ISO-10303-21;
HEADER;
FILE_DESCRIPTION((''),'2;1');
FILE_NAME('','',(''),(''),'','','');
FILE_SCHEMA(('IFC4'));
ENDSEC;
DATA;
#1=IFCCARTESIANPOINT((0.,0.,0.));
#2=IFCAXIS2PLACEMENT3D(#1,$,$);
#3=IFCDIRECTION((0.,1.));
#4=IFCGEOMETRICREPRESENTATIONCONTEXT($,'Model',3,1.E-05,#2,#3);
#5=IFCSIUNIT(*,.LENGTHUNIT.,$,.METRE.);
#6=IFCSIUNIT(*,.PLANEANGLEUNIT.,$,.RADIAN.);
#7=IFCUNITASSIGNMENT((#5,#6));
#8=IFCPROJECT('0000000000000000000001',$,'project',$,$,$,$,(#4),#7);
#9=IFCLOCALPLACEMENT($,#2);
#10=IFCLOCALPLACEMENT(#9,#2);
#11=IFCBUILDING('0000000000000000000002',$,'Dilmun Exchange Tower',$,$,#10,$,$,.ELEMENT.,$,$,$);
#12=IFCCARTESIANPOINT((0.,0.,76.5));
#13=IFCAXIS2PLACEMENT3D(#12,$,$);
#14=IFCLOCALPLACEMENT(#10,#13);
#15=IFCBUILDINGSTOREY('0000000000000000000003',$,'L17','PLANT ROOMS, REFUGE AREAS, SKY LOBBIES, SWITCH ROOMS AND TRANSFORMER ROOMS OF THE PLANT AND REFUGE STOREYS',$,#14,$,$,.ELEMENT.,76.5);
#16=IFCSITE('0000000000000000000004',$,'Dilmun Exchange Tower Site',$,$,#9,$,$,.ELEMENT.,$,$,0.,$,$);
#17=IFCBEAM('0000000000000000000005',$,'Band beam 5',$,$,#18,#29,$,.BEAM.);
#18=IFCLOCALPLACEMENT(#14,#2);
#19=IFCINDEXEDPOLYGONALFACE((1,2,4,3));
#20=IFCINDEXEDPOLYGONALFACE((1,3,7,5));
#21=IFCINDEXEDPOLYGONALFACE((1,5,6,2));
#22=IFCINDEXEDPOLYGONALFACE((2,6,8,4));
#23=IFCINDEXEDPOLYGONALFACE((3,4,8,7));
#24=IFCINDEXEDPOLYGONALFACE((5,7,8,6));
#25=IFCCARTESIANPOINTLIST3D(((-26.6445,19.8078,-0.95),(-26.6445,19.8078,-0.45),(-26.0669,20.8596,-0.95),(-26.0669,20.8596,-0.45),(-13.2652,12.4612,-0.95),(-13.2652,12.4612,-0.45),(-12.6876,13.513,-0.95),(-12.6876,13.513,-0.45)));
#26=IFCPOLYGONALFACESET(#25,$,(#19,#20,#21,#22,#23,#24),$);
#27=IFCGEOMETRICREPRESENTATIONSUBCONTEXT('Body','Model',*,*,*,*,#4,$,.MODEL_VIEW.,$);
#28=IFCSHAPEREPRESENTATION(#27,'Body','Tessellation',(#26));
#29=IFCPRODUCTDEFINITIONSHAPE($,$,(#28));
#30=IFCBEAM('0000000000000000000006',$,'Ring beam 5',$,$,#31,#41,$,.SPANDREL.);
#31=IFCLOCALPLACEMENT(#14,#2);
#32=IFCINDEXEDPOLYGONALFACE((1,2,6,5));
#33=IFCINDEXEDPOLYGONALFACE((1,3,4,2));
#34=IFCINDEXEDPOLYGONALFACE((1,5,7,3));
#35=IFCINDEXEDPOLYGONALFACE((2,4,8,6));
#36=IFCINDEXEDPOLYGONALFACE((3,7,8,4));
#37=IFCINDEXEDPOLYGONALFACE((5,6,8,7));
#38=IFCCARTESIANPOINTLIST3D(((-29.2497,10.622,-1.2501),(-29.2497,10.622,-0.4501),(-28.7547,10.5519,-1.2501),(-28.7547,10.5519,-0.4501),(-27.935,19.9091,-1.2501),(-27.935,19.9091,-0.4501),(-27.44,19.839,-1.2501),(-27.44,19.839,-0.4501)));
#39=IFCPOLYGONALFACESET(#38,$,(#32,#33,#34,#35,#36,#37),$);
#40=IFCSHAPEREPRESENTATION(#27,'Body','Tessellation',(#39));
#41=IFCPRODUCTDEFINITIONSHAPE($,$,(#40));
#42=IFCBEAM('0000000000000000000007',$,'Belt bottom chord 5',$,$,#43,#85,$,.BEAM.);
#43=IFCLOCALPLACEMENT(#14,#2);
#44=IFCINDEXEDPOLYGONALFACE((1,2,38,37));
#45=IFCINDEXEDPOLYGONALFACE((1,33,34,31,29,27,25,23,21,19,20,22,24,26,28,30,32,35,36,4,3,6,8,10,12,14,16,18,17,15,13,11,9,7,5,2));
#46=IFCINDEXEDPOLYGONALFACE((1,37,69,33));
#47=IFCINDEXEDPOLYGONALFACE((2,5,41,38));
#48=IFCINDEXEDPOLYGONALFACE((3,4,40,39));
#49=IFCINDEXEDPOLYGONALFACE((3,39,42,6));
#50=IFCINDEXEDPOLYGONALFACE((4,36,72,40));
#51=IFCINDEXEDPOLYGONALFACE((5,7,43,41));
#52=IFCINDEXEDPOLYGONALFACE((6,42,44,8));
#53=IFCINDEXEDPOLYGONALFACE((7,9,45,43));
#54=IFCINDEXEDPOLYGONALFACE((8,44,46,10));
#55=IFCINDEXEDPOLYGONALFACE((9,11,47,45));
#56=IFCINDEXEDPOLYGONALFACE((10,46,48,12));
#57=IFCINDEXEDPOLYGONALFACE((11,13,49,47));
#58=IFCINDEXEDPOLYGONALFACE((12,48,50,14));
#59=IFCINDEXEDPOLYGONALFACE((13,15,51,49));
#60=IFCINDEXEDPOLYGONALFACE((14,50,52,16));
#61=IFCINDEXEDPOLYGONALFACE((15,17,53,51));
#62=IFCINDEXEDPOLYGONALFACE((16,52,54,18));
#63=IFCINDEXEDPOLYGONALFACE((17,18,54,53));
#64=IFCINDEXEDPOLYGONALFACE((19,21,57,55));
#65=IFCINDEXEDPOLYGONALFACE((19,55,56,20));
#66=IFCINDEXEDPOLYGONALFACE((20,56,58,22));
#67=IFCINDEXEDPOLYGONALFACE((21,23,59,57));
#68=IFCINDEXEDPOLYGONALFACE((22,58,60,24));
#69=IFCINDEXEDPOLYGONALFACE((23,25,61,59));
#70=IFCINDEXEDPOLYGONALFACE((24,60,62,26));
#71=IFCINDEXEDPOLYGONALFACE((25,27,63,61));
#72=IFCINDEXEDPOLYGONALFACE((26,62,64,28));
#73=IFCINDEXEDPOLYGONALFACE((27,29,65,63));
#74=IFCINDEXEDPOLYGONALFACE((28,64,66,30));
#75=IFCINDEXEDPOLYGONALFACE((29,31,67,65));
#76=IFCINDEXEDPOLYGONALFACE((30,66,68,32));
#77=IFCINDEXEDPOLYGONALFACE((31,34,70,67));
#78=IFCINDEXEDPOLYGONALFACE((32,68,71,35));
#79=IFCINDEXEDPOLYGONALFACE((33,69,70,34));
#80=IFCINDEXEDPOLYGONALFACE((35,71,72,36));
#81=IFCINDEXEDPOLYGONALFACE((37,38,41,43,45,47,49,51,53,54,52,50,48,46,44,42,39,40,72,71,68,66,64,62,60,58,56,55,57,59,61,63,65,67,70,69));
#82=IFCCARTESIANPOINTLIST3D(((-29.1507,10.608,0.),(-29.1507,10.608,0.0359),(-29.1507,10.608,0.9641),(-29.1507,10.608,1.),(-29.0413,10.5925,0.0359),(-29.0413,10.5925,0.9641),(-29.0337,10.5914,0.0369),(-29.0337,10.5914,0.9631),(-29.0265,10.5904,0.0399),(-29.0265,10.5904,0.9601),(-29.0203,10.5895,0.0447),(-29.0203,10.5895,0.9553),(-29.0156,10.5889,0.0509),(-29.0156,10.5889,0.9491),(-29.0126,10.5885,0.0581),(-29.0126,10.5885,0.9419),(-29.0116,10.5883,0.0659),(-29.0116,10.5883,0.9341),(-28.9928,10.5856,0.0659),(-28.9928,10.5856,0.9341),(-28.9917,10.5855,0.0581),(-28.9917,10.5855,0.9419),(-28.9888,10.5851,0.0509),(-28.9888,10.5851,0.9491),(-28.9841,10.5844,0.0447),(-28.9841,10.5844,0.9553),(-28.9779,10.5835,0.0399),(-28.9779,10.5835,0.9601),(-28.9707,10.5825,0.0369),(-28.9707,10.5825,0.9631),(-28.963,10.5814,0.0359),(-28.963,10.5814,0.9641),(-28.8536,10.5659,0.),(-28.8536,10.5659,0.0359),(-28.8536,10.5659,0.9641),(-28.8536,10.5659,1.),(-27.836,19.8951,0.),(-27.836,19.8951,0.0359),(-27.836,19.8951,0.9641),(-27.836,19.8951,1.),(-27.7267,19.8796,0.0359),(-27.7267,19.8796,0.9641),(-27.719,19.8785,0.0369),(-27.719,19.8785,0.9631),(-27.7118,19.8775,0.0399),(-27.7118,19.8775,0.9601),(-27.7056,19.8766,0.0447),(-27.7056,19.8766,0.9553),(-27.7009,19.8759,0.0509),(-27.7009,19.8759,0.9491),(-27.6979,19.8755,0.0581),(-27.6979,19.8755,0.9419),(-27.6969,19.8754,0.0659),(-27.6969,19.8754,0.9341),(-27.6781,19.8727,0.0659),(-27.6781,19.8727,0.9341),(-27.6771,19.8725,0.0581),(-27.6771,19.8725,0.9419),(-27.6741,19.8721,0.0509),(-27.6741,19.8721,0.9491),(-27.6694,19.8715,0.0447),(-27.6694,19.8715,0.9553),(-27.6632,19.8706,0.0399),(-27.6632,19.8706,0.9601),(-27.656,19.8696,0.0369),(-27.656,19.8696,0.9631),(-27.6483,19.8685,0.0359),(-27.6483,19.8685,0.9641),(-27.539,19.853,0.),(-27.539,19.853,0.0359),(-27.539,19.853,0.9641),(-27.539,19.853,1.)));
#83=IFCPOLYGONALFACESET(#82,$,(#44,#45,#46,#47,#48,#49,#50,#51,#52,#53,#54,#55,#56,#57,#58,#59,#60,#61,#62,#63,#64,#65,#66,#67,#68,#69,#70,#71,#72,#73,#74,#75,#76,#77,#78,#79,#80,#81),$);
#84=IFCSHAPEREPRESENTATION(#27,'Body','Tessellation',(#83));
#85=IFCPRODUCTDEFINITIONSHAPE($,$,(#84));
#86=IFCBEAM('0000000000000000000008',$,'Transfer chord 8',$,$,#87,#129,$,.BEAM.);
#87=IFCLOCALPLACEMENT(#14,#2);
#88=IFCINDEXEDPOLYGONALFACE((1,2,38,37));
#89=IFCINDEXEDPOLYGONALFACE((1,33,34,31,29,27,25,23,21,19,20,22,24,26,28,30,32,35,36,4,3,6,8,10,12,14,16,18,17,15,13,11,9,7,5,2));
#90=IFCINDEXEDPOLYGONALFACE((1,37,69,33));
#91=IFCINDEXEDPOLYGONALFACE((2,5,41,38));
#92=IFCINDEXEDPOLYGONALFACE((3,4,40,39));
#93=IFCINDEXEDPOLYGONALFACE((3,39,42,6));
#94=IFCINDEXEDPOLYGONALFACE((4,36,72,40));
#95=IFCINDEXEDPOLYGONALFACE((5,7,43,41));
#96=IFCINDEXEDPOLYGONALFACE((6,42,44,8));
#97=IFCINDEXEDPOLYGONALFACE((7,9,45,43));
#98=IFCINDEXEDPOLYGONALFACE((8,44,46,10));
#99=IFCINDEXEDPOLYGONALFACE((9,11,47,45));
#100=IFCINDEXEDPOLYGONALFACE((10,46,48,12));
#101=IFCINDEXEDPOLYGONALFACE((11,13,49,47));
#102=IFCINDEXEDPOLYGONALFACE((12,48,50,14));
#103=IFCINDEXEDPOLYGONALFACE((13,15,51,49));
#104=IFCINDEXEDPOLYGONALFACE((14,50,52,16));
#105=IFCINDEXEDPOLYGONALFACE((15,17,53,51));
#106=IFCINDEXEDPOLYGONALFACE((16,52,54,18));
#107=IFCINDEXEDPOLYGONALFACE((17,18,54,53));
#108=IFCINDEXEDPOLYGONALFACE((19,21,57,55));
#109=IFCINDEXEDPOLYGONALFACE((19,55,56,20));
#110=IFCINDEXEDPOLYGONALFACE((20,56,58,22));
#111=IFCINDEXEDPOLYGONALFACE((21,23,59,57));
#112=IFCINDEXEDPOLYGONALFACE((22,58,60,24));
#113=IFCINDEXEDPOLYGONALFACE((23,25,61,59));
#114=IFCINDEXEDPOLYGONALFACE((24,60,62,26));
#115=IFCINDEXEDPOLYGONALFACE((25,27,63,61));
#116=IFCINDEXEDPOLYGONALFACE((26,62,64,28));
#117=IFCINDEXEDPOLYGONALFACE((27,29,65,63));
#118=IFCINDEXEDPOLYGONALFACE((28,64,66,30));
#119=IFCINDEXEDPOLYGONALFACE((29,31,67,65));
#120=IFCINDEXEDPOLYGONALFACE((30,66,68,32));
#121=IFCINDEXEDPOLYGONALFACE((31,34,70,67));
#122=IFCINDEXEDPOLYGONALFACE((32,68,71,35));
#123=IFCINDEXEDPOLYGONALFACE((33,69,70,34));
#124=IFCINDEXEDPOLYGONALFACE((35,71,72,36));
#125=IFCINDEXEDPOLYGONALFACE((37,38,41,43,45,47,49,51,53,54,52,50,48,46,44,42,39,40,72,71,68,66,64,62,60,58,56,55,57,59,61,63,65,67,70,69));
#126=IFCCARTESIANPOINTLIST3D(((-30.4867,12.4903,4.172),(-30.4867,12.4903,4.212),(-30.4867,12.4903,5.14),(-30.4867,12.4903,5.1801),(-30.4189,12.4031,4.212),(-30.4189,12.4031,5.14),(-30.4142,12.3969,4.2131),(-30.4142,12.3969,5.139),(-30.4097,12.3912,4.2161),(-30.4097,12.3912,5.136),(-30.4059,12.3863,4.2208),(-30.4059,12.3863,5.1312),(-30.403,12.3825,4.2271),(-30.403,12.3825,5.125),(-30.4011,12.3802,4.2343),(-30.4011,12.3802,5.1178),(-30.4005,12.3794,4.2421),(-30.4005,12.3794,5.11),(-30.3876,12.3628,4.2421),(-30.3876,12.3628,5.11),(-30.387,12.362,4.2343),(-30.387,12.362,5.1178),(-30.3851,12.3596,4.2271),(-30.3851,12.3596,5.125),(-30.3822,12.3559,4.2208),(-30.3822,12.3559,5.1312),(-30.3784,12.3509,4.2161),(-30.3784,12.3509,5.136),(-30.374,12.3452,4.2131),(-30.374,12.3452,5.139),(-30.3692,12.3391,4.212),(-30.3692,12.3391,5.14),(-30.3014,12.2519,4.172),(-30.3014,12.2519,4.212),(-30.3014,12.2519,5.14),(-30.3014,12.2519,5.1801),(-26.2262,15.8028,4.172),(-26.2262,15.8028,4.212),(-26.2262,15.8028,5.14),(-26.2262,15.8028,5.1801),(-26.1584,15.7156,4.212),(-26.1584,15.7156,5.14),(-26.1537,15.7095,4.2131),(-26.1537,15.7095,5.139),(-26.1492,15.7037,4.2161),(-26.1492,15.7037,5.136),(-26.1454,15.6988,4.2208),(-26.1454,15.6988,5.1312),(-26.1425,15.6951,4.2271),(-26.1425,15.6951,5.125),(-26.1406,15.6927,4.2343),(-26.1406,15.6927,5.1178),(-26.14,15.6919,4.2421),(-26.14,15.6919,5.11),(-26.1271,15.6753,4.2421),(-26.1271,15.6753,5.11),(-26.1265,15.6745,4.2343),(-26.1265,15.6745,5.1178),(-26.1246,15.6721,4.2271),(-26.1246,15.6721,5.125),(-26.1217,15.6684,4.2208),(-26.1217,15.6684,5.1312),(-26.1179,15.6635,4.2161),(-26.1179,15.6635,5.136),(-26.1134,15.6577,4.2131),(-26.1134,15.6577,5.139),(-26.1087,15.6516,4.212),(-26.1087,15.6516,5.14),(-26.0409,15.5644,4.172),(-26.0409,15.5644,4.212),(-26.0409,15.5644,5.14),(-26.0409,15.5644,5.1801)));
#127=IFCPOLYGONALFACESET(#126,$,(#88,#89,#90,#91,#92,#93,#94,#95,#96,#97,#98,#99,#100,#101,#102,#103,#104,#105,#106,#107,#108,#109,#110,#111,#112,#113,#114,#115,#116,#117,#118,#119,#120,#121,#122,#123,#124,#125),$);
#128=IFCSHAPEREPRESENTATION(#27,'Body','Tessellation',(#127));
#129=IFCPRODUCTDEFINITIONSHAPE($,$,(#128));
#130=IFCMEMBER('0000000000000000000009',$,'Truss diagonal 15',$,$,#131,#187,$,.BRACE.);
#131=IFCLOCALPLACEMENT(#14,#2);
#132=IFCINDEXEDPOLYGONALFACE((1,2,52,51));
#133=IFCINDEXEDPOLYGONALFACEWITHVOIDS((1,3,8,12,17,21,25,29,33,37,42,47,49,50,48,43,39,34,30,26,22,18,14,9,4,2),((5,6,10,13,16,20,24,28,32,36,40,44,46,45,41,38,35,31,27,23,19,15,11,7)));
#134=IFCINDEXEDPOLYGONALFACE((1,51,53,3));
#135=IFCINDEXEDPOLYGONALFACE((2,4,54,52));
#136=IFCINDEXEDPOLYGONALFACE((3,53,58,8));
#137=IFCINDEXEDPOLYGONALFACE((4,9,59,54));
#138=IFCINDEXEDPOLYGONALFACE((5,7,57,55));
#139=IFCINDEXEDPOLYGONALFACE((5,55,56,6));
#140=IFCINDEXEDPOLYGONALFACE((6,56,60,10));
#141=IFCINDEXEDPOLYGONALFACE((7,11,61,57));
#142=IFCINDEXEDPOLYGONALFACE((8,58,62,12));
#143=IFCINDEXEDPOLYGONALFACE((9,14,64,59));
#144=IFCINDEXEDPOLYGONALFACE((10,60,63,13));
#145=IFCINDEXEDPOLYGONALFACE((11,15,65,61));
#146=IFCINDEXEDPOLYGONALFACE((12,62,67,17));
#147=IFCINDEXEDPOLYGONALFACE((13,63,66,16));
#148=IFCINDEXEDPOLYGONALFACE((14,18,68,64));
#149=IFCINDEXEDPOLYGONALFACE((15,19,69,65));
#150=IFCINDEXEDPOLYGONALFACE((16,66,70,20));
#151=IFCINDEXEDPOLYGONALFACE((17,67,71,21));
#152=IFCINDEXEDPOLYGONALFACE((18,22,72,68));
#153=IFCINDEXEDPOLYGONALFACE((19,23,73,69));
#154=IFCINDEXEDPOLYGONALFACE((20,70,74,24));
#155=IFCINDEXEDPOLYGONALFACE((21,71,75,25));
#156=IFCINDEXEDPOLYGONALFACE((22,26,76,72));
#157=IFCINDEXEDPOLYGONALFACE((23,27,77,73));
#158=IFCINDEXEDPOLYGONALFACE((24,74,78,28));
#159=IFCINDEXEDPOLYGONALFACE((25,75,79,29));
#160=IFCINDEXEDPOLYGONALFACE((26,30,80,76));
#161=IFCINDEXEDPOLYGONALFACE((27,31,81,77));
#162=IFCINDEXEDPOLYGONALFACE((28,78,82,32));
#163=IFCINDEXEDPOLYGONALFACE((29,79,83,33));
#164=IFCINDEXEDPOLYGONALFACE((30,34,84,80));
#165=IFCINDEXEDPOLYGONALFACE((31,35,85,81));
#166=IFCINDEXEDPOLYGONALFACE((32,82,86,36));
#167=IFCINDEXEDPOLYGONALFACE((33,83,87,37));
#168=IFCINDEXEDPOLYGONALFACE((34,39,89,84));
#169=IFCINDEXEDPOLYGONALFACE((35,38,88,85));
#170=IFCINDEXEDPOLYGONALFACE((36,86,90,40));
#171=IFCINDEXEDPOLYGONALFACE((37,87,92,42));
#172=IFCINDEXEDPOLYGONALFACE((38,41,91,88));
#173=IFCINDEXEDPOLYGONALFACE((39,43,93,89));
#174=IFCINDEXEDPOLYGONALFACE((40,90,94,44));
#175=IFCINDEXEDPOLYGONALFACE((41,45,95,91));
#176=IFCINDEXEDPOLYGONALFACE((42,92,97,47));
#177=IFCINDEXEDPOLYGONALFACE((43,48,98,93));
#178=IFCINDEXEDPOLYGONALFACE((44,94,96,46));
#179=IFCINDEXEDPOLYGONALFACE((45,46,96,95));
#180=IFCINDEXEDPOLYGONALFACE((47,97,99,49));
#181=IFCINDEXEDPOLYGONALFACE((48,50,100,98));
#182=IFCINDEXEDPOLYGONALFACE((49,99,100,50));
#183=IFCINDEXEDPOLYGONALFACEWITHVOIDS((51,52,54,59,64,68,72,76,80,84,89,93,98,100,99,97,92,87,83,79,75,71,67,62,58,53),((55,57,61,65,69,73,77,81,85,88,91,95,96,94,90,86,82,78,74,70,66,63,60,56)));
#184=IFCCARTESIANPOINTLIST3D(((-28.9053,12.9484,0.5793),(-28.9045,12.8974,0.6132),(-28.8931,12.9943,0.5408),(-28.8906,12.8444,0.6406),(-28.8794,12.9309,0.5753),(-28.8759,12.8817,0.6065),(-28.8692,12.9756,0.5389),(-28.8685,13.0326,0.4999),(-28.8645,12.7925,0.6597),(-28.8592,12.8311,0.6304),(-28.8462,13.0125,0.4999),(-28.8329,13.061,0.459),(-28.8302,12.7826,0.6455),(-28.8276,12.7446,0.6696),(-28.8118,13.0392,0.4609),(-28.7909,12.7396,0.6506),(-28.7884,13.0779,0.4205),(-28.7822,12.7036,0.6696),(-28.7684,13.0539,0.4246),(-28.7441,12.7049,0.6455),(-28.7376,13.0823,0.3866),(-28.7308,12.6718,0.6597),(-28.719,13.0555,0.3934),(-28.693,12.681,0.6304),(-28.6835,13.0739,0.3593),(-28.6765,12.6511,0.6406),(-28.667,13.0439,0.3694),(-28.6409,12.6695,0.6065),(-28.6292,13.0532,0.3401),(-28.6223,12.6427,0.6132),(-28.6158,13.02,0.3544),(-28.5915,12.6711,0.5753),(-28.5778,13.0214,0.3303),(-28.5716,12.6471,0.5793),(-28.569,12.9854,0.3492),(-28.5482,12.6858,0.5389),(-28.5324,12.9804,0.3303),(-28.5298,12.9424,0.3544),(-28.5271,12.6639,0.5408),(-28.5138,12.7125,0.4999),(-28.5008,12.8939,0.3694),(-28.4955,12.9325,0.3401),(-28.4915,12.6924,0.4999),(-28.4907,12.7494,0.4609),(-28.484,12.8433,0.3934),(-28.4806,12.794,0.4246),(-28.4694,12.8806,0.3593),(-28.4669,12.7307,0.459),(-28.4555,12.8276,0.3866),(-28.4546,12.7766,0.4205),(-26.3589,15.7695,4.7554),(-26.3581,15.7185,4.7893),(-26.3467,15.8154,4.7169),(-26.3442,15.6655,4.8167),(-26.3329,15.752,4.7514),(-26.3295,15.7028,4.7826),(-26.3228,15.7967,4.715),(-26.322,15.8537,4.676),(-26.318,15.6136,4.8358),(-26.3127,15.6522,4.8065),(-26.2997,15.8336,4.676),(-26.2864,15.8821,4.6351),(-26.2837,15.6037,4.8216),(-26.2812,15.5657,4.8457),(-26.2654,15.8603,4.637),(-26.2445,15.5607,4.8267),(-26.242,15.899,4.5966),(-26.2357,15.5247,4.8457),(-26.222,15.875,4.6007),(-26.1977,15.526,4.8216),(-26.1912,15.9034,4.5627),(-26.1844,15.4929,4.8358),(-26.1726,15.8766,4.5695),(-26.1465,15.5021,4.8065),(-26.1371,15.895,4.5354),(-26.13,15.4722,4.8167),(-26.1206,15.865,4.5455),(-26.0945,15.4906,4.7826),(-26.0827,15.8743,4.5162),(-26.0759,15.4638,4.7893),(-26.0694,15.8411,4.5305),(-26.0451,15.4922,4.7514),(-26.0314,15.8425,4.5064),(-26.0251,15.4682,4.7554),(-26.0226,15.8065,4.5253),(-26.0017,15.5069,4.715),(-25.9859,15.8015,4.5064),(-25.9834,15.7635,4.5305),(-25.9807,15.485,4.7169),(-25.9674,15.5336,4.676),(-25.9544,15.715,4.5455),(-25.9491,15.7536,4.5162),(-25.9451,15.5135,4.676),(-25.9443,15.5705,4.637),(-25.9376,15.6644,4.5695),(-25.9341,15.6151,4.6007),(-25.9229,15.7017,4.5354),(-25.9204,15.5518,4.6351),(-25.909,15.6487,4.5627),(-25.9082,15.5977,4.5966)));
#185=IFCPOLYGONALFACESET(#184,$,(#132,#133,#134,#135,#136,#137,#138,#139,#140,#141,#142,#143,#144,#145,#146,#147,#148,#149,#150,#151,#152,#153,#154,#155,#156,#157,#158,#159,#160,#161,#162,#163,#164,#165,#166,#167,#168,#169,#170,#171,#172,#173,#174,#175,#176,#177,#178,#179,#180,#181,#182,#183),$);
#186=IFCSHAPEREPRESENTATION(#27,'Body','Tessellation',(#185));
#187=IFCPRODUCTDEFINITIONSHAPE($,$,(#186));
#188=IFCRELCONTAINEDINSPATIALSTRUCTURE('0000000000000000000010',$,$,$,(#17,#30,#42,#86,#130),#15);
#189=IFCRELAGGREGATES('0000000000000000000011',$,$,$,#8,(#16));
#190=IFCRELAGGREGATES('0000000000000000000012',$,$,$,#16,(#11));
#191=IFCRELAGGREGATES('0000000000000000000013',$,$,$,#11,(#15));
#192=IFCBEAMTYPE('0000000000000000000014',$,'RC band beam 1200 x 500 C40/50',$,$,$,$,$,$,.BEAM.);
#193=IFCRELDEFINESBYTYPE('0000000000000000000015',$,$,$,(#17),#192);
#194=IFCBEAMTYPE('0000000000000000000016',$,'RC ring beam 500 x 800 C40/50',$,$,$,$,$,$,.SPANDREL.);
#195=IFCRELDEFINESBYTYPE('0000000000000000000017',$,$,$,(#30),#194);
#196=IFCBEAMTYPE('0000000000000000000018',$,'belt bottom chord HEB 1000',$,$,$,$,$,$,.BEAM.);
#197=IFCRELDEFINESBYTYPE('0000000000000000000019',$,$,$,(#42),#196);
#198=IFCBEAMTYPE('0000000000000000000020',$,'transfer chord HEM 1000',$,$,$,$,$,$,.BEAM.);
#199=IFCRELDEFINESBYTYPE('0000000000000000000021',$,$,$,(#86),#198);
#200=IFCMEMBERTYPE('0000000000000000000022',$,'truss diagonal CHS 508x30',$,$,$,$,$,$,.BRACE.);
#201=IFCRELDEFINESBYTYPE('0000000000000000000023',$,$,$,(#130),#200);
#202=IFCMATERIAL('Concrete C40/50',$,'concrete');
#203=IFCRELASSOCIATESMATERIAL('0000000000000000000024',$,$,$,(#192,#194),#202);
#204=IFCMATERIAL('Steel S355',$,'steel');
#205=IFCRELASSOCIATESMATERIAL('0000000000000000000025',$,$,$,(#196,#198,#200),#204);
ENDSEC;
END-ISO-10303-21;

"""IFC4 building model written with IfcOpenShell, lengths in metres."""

from ifc_helpers import new_model, si_unit, direction, frame, origin, origin_2d, place, context, subcontext, project, spatial, rectangle, hollow_circle, i_section, extrude, material, material_profile, profile_set, type_object, element, save


model = new_model("IFC4")

# Units and contexts
model_context = context("Model", 3, precision=1e-05, world=origin(), true_north=direction((0.0, 1.0)))
body_context = subcontext(model_context, "Body", "Model", "MODEL_VIEW")
ifc_project = project(units=[si_unit("LENGTHUNIT", "METRE"), si_unit("PLANEANGLEUNIT", "RADIAN")], contexts=[model_context])

# Site, building, storey
site_placement = place(None, origin())
site = spatial("IfcSite", under=ifc_project, at=site_placement, Name="Dilmun Exchange Tower Site", CompositionType="ELEMENT", RefElevation=0.0)
building_placement = place(site_placement, origin())
building = spatial("IfcBuilding", under=site, at=building_placement, Name="Dilmun Exchange Tower", CompositionType="ELEMENT")
storey_placement = place(building_placement, frame((0.0, 0.0, 76.5)))
storey = spatial("IfcBuildingStorey", under=building, at=storey_placement, Name="L17", Description="PLANT ROOMS, REFUGE AREAS, SKY LOBBIES, SWITCH ROOMS AND TRANSFORMER ROOMS OF THE PLANT AND REFUGE STOREYS", CompositionType="ELEMENT", Elevation=76.5)

# Beams
ifc_material_1 = material(Name="Concrete C40/50", Category="concrete")
ifc_material_profile_1 = material_profile(ifc_material_1, rectangle(XDim=1.2, YDim=0.5, at=origin_2d()), Name="1200 x 500")
ifc_profile_set_1 = profile_set([ifc_material_profile_1], Name="Concrete C40/50")
beam_type_1 = type_object("IfcBeamType", Name="RC band beam 1200 x 500 C40/50", PredefinedType="BEAM", material=ifc_profile_set_1)
beam_1_placement = place(storey_placement, frame((-26.3557, 20.3337, -0.7), z_axis=(0.876547, -0.481316, 0.0), x_axis=(0.481316, 0.876547, 0.0)))
element("IfcBeam", 1, at=beam_1_placement, inside=storey, type_object=beam_type_1, Name="Band beam 5", PredefinedType="BEAM", context=body_context, shape_type="SweptSolid", body=[
    extrude(rectangle(XDim=1.2, YDim=0.5, at=origin_2d()), origin(), (0.0, 0.0, 1.0), 15.2637),
])
ifc_material_profile_2 = material_profile(ifc_material_1, rectangle(XDim=0.5, YDim=0.8, at=origin_2d()), Name="500 x 800")
ifc_profile_set_2 = profile_set([ifc_material_profile_2], Name="Concrete C40/50")
beam_type_2 = type_object("IfcBeamType", Name="RC ring beam 500 x 800 C40/50", PredefinedType="SPANDREL", material=ifc_profile_set_2)
beam_2_placement = place(storey_placement, frame((-27.6875, 19.874, -0.8501), z_axis=(-0.140164, -0.990128, 0.0), x_axis=(0.990128, -0.140164, 0.0)))
element("IfcBeam", 2, at=beam_2_placement, inside=storey, type_object=beam_type_2, Name="Ring beam 5", PredefinedType="SPANDREL", context=body_context, shape_type="SweptSolid", body=[
    extrude(rectangle(XDim=0.5, YDim=0.8, at=origin_2d()), origin(), (0.0, 0.0, 1.0), 9.3796),
])
ifc_material_2 = material(Name="Steel S355", Category="steel")
ifc_material_profile_3 = material_profile(ifc_material_2, i_section(OverallWidth=0.3, OverallDepth=1.0, WebThickness=0.019, FlangeThickness=0.0359, FilletRadius=0.03, at=origin_2d()), Name="HEB 1000")
ifc_profile_set_3 = profile_set([ifc_material_profile_3], Name="Steel S355")
beam_type_3 = type_object("IfcBeamType", Name="belt bottom chord HEB 1000", PredefinedType="BEAM", material=ifc_profile_set_3)
beam_3_placement = place(storey_placement, frame((-27.6875, 19.874, 0.5), z_axis=(-0.140164, -0.990128, 0.0), x_axis=(0.990128, -0.140164, 0.0)))
element("IfcBeam", 3, at=beam_3_placement, inside=storey, type_object=beam_type_3, Name="Belt bottom chord 5", PredefinedType="BEAM", context=body_context, shape_type="SweptSolid", body=[
    extrude(i_section(OverallWidth=0.3, OverallDepth=1.0, WebThickness=0.019, FlangeThickness=0.0359, FilletRadius=0.03, at=origin_2d()), origin(), (0.0, 0.0, 1.0), 9.3796),
])
ifc_material_profile_4 = material_profile(ifc_material_2, i_section(OverallWidth=0.302, OverallDepth=1.0081, WebThickness=0.021, FlangeThickness=0.04, FilletRadius=0.03, at=origin_2d()), Name="HEM 1000")
ifc_profile_set_4 = profile_set([ifc_material_profile_4], Name="Steel S355")
beam_type_4 = type_object("IfcBeamType", Name="transfer chord HEM 1000", PredefinedType="BEAM", material=ifc_profile_set_4)
beam_4_placement = place(storey_placement, frame((-26.1335, 15.6836, 4.676), z_axis=(-0.789462, -0.6138, 0.0), x_axis=(0.6138, -0.789462, 0.0)))
element("IfcBeam", 4, at=beam_4_placement, inside=storey, type_object=beam_type_4, Name="Transfer chord 8", PredefinedType="BEAM", context=body_context, shape_type="SweptSolid", body=[
    extrude(i_section(OverallWidth=0.302, OverallDepth=1.0081, WebThickness=0.021, FlangeThickness=0.04, FilletRadius=0.03, at=origin_2d()), origin(), (0.0, 0.0, 1.0), 5.3967),
])

# Member
ifc_material_profile_5 = material_profile(ifc_material_2, hollow_circle(Radius=0.2539, WallThickness=0.03, at=origin_2d()), Name="CHS 508x30")
ifc_profile_set_5 = profile_set([ifc_material_profile_5], Name="Steel S355")
member_type = type_object("IfcMemberType", Name="truss diagonal CHS 508x30", PredefinedType="BRACE", material=ifc_profile_set_5)
member_1_placement = place(storey_placement, frame((-26.1335, 15.6836, 4.676), z_axis=(-0.450977, -0.49962, -0.739594), x_axis=(0.742319, -0.670047, 0.0)))
element("IfcMember", 5, at=member_1_placement, inside=storey, type_object=member_type, Name="Truss diagonal 15", PredefinedType="BRACE", context=body_context, shape_type="SweptSolid", body=[
    extrude(hollow_circle(Radius=0.2539, WallThickness=0.03, at=origin_2d()), origin(), (0.0, 0.0, 1.0), 5.6465),
])

save(model, "model.ifc")
